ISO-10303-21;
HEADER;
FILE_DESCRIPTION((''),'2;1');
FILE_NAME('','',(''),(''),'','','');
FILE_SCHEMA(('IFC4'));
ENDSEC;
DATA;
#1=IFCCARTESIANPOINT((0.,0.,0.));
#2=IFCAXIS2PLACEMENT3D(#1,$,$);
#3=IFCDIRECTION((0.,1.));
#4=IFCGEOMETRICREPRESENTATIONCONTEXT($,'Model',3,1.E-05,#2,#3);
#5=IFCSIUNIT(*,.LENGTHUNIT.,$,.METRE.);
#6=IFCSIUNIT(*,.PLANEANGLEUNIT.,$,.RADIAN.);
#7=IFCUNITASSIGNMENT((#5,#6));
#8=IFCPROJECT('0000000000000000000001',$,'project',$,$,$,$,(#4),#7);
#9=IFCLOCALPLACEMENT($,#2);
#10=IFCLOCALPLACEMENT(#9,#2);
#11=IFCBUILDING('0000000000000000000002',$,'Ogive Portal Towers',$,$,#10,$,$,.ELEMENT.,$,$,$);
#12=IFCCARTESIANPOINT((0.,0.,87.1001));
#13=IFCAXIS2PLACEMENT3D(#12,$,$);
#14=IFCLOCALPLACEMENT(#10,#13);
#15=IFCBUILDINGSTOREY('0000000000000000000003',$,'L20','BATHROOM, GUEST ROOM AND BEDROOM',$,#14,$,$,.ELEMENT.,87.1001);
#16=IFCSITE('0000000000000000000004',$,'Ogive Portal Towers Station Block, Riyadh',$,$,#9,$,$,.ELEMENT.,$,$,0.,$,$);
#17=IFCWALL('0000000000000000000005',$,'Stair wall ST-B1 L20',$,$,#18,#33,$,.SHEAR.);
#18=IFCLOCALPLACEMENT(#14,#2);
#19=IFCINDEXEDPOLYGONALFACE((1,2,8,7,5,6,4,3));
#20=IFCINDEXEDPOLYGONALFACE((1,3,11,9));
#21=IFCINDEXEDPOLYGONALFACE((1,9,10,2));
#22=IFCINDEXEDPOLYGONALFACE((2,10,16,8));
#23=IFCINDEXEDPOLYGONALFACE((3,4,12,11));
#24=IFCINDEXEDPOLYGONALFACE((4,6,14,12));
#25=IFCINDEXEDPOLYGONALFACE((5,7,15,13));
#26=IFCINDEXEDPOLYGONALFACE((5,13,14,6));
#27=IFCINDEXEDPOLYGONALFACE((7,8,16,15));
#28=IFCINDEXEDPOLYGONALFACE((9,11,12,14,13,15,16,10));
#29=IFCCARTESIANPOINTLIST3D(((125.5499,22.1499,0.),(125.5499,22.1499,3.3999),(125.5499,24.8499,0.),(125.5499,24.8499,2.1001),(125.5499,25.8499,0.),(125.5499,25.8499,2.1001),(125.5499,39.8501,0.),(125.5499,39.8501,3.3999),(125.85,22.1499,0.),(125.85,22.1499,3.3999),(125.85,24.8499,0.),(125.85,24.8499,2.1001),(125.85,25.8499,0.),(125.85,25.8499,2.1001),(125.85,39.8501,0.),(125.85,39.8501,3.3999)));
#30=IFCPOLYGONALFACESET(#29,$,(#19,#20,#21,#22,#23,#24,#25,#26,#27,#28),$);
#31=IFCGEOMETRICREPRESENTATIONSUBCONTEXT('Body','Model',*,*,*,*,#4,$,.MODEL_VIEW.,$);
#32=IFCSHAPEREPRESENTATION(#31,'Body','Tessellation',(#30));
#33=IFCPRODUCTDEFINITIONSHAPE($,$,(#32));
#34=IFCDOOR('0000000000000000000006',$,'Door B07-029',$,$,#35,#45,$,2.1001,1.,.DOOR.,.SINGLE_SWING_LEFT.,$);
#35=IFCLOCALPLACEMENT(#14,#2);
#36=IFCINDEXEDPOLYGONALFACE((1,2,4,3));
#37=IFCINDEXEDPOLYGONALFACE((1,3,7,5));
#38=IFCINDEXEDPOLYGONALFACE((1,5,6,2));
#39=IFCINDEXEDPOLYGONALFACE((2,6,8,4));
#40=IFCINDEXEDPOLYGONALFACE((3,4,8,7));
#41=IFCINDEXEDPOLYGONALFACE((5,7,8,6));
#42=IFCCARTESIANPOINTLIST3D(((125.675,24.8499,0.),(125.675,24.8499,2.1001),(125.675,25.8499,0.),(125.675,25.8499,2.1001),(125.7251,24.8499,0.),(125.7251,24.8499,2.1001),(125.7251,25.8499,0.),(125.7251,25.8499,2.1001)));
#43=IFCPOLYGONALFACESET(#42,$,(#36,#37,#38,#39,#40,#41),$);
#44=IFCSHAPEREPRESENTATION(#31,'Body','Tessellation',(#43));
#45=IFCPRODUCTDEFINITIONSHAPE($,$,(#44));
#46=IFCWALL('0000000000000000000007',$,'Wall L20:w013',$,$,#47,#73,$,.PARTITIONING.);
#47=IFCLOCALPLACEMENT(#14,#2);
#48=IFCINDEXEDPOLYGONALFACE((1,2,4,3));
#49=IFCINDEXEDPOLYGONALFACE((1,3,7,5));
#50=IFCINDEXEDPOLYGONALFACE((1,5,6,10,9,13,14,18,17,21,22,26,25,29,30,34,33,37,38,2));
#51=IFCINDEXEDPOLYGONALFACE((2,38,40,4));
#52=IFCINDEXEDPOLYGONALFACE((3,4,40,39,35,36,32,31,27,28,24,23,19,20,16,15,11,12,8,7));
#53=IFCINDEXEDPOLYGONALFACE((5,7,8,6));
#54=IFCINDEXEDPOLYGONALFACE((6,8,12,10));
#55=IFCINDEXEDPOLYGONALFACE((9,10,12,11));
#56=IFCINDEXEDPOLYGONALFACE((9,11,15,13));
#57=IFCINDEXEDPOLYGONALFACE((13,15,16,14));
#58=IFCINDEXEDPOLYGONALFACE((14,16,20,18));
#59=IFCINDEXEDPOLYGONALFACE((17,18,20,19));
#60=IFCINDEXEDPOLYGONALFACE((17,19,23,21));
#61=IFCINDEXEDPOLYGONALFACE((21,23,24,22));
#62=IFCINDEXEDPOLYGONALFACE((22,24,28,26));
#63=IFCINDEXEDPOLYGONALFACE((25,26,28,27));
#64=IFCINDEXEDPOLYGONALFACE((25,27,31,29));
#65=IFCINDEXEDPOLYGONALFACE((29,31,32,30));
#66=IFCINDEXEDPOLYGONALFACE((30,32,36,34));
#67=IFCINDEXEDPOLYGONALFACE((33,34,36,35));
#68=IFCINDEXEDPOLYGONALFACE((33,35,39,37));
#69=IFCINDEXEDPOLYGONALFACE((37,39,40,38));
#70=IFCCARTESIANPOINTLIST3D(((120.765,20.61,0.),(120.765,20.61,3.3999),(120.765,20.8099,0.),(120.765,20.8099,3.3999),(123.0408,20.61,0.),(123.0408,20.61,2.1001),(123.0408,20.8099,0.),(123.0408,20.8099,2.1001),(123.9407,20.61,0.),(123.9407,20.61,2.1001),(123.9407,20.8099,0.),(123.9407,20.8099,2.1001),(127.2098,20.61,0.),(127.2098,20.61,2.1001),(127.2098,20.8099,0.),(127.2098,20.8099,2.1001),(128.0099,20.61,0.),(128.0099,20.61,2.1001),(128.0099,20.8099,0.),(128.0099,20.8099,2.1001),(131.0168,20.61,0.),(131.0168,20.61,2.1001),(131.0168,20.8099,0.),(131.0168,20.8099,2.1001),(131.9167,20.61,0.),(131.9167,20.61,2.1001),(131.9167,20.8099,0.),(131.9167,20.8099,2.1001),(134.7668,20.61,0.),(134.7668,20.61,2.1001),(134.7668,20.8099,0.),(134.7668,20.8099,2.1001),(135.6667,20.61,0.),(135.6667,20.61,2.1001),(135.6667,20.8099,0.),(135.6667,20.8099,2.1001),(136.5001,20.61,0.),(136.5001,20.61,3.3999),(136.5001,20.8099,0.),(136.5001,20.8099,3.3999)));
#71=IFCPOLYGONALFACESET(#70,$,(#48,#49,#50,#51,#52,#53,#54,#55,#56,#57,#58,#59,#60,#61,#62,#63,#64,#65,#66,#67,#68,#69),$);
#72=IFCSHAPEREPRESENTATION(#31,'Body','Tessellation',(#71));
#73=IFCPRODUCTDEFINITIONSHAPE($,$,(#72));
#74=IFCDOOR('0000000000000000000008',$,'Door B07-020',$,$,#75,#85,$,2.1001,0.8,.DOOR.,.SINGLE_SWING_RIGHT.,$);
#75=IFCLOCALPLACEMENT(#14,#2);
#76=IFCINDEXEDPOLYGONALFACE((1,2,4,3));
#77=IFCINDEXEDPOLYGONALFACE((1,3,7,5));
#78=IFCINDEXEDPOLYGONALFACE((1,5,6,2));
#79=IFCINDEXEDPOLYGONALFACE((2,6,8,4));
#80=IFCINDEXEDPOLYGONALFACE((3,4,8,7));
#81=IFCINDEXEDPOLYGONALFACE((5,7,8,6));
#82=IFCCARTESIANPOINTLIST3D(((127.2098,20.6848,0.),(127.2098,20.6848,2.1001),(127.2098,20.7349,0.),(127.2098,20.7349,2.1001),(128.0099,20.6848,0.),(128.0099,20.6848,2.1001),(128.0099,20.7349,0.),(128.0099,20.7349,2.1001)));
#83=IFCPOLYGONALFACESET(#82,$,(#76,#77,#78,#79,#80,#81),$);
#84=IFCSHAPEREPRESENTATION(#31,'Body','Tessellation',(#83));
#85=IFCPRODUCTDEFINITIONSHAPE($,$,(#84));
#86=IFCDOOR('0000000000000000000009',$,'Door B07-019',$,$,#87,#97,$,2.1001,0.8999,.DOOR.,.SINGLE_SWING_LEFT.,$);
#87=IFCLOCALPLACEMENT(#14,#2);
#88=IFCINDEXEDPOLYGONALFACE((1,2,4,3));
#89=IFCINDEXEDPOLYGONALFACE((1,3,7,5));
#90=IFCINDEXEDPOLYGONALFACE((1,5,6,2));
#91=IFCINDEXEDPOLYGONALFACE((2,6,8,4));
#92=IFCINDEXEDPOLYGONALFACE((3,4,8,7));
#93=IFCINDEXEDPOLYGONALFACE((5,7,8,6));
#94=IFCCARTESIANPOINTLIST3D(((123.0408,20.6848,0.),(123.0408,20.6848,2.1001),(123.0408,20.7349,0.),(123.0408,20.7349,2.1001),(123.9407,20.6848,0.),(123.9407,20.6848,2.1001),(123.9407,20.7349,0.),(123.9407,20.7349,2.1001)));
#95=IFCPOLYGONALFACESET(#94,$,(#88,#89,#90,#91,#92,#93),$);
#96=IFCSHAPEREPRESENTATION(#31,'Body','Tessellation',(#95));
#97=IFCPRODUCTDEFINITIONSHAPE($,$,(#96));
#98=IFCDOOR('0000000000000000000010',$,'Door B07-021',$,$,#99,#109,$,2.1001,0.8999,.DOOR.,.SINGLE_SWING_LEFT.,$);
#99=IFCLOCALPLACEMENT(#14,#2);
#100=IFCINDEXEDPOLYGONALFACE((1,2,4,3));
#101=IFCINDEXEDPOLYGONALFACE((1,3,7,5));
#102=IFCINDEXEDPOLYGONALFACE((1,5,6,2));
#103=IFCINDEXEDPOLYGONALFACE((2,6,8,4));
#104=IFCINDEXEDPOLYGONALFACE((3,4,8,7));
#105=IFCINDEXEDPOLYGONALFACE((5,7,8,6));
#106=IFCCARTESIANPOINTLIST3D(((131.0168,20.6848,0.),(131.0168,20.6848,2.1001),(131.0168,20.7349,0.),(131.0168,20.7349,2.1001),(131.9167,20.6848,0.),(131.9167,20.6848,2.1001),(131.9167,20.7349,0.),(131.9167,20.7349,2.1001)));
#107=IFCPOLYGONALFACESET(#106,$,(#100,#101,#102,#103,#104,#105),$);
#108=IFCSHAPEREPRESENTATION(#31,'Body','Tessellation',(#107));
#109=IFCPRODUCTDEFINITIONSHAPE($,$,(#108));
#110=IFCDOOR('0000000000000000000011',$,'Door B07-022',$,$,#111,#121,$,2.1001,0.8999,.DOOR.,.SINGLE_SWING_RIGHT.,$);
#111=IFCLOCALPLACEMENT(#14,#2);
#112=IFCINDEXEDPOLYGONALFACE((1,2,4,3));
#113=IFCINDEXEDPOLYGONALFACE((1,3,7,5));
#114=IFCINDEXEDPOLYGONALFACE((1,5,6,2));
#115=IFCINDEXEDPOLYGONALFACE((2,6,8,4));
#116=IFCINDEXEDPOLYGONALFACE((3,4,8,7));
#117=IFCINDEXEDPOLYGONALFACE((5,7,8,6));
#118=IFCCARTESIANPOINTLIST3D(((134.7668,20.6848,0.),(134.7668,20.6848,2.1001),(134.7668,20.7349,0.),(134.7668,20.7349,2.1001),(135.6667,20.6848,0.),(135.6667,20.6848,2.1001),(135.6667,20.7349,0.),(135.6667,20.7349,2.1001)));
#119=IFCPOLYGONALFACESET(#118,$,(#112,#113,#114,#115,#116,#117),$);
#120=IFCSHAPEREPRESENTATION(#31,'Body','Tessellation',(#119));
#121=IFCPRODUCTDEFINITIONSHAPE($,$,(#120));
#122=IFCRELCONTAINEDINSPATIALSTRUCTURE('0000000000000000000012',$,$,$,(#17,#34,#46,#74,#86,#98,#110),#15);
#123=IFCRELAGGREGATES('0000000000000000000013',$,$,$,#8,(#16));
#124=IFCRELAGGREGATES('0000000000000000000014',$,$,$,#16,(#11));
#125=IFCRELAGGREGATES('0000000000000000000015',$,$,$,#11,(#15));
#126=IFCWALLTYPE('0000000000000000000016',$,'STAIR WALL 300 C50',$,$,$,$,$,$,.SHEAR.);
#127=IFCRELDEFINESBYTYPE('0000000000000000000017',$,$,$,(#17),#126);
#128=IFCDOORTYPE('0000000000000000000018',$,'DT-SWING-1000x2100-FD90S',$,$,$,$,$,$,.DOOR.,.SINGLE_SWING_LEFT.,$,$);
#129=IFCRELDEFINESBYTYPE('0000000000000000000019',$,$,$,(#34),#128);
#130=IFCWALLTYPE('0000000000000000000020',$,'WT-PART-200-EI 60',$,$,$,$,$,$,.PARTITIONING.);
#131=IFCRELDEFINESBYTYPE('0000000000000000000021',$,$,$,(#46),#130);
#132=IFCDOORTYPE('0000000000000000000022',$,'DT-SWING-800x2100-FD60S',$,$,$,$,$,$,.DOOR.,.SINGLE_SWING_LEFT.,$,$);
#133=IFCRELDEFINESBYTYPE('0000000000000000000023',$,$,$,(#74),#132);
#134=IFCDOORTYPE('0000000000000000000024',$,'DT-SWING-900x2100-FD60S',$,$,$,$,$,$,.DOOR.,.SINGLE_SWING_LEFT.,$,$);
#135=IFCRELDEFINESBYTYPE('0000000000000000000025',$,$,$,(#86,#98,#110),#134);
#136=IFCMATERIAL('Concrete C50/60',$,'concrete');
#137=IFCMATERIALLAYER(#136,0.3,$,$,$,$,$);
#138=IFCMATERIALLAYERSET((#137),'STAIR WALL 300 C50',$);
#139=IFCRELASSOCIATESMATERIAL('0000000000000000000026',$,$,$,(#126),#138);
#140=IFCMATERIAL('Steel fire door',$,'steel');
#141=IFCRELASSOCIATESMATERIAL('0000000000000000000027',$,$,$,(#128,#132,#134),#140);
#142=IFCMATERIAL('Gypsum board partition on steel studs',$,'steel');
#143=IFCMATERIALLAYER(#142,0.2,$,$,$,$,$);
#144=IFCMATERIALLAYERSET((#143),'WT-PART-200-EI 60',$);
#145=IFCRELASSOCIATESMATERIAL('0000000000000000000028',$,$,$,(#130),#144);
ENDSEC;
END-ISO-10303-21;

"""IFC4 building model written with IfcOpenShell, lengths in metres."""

from ifc_helpers import new_model, si_unit, direction, frame, frame_2d, origin, place, context, subcontext, project, spatial, rectangle, extrude, material, layer, layer_set, type_object, element, fill, save


model = new_model("IFC4")

# Units and contexts
model_context = context("Model", 3, precision=1e-05, world=origin(), true_north=direction((0.0, 1.0)))
body_context = subcontext(model_context, "Body", "Model", "MODEL_VIEW")
ifc_project = project(units=[si_unit("LENGTHUNIT", "METRE"), si_unit("PLANEANGLEUNIT", "RADIAN")], contexts=[model_context])

# Site, building, storey
site_placement = place(None, origin())
site = spatial("IfcSite", under=ifc_project, at=site_placement, Name="Ogive Portal Towers Station Block, Riyadh", CompositionType="ELEMENT", RefElevation=0.0)
building_placement = place(site_placement, origin())
building = spatial("IfcBuilding", under=site, at=building_placement, Name="Ogive Portal Towers", CompositionType="ELEMENT")
storey_placement = place(building_placement, frame((0.0, 0.0, 87.1001)))
storey = spatial("IfcBuildingStorey", under=building, at=storey_placement, Name="L20", Description="BATHROOM, GUEST ROOM AND BEDROOM", CompositionType="ELEMENT", Elevation=87.1001)

# Shared definitions
ifc_material_1 = material(Name="Concrete C50/60", Category="concrete")

# Wall, opening, door
ifc_layer_1 = layer(ifc_material_1, 0.3)
ifc_layer_set_1 = layer_set([ifc_layer_1], Name="STAIR WALL 300 C50")
wall_type_1 = type_object("IfcWallType", Name="STAIR WALL 300 C50", PredefinedType="SHEAR", material=ifc_layer_set_1)
wall_1_placement = place(storey_placement, frame((125.7, 22.1499, 0.0), z_axis=(0.0, 0.0, 1.0), x_axis=(0.0, 1.0, 0.0)))
wall_1 = element("IfcWall", 1, at=wall_1_placement, inside=storey, type_object=wall_type_1, Name="Stair wall ST-B1 L20", PredefinedType="SHEAR", context=body_context, shape_type="SweptSolid", body=[
    extrude(rectangle(XDim=17.7002, YDim=0.3, at=frame_2d((8.8501, 0.0))), origin(), (0.0, 0.0, 1.0), 3.3999),
])
opening_1_placement = place(wall_1_placement, frame((2.7, 0.0, 0.0)))
opening_1 = element("IfcOpeningElement", 2, at=opening_1_placement, cuts=wall_1, PredefinedType="OPENING", context=body_context, shape_type="SweptSolid", body=[
    extrude(rectangle(XDim=1.0, YDim=2.1001, at=frame_2d((0.5, 1.05))), frame((0.0, 0.1602, 0.0), z_axis=(0.0, -1.0, 0.0), x_axis=(1.0, 0.0, 0.0)), (0.0, 0.0, 1.0), 0.3201),
])
ifc_material_2 = material(Name="Steel fire door", Category="steel")
door_type_1 = type_object("IfcDoorType", Name="DT-SWING-1000x2100-FD90S", OperationType="SINGLE_SWING_LEFT", PredefinedType="DOOR", material=ifc_material_2)
door_1_placement = place(opening_1_placement, origin())
door_1 = element("IfcDoor", 3, at=door_1_placement, inside=storey, type_object=door_type_1, Name="Door B07-029", OperationType="SINGLE_SWING_LEFT", OverallHeight=2.1001, OverallWidth=1.0, PredefinedType="DOOR", context=body_context, shape_type="SweptSolid", body=[
    extrude(rectangle(XDim=1.0, YDim=2.1001, at=frame_2d((0.5, 1.05))), frame((0.0, 0.0249, 0.0), z_axis=(0.0, -1.0, 0.0), x_axis=(1.0, 0.0, 0.0)), (0.0, 0.0, 1.0), 0.05),
])
fill(opening_1, door_1)

# Wall, openings, doors
ifc_material_3 = material(Name="Gypsum board partition on steel studs", Category="steel")
ifc_layer_2 = layer(ifc_material_3, 0.2)
ifc_layer_set_2 = layer_set([ifc_layer_2], Name="WT-PART-200-EI 60")
wall_type_2 = type_object("IfcWallType", Name="WT-PART-200-EI 60", PredefinedType="PARTITIONING", material=ifc_layer_set_2)
wall_2_placement = place(storey_placement, frame((120.7649, 20.71, 0.0), z_axis=(0.0, 0.0, 1.0), x_axis=(1.0, 0.0, 0.0)))
wall_2 = element("IfcWall", 4, at=wall_2_placement, inside=storey, type_object=wall_type_2, Name="Wall L20:w013", PredefinedType="PARTITIONING", context=body_context, shape_type="SweptSolid", body=[
    extrude(rectangle(XDim=15.7351, YDim=0.2, at=frame_2d((7.8677, 0.0))), origin(), (0.0, 0.0, 1.0), 3.3999),
])
opening_2_placement = place(wall_2_placement, frame((2.2759, 0.0, 0.0)))
opening_2 = element("IfcOpeningElement", 5, at=opening_2_placement, cuts=wall_2, PredefinedType="OPENING", context=body_context, shape_type="SweptSolid", body=[
    extrude(rectangle(XDim=0.8999, YDim=2.1001, at=frame_2d((0.45, 1.05))), frame((0.0, 0.1099, 0.0), z_axis=(0.0, -1.0, 0.0), x_axis=(1.0, 0.0, 0.0)), (0.0, 0.0, 1.0), 0.22),
])
opening_3_placement = place(wall_2_placement, frame((6.4451, 0.0, 0.0)))
opening_3 = element("IfcOpeningElement", 6, at=opening_3_placement, cuts=wall_2, PredefinedType="OPENING", context=body_context, shape_type="SweptSolid", body=[
    extrude(rectangle(XDim=0.8, YDim=2.1001, at=frame_2d((0.3999, 1.05))), frame((0.0, 0.1099, 0.0), z_axis=(0.0, -1.0, 0.0), x_axis=(1.0, 0.0, 0.0)), (0.0, 0.0, 1.0), 0.22),
])
opening_4_placement = place(wall_2_placement, frame((10.252, 0.0, 0.0)))
opening_4 = element("IfcOpeningElement", 7, at=opening_4_placement, cuts=wall_2, PredefinedType="OPENING", context=body_context, shape_type="SweptSolid", body=[
    extrude(rectangle(XDim=0.8999, YDim=2.1001, at=frame_2d((0.45, 1.05))), frame((0.0, 0.1099, 0.0), z_axis=(0.0, -1.0, 0.0), x_axis=(1.0, 0.0, 0.0)), (0.0, 0.0, 1.0), 0.22),
])
opening_5_placement = place(wall_2_placement, frame((14.002, 0.0, 0.0)))
opening_5 = element("IfcOpeningElement", 8, at=opening_5_placement, cuts=wall_2, PredefinedType="OPENING", context=body_context, shape_type="SweptSolid", body=[
    extrude(rectangle(XDim=0.8999, YDim=2.1001, at=frame_2d((0.45, 1.05))), frame((0.0, 0.1099, 0.0), z_axis=(0.0, -1.0, 0.0), x_axis=(1.0, 0.0, 0.0)), (0.0, 0.0, 1.0), 0.22),
])
door_type_2 = type_object("IfcDoorType", Name="DT-SWING-800x2100-FD60S", OperationType="SINGLE_SWING_LEFT", PredefinedType="DOOR", material=ifc_material_2)
door_2_placement = place(opening_3_placement, origin())
door_2 = element("IfcDoor", 9, at=door_2_placement, inside=storey, type_object=door_type_2, Name="Door B07-020", OperationType="SINGLE_SWING_RIGHT", OverallHeight=2.1001, OverallWidth=0.8, PredefinedType="DOOR", context=body_context, shape_type="SweptSolid", body=[
    extrude(rectangle(XDim=0.8, YDim=2.1001, at=frame_2d((0.3999, 1.05))), frame((0.0, 0.0249, 0.0), z_axis=(0.0, -1.0, 0.0), x_axis=(1.0, 0.0, 0.0)), (0.0, 0.0, 1.0), 0.05),
])
fill(opening_3, door_2)
door_type_3 = type_object("IfcDoorType", Name="DT-SWING-900x2100-FD60S", OperationType="SINGLE_SWING_LEFT", PredefinedType="DOOR", material=ifc_material_2)
door_3_placement = place(opening_2_placement, origin())
door_3 = element("IfcDoor", 10, at=door_3_placement, inside=storey, type_object=door_type_3, Name="Door B07-019", OperationType="SINGLE_SWING_LEFT", OverallHeight=2.1001, OverallWidth=0.8999, PredefinedType="DOOR", context=body_context, shape_type="SweptSolid", body=[
    extrude(rectangle(XDim=0.8999, YDim=2.1001, at=frame_2d((0.45, 1.05))), frame((0.0, 0.0249, 0.0), z_axis=(0.0, -1.0, 0.0), x_axis=(1.0, 0.0, 0.0)), (0.0, 0.0, 1.0), 0.05),
])
fill(opening_2, door_3)
door_4_placement = place(opening_4_placement, origin())
door_4 = element("IfcDoor", 11, at=door_4_placement, inside=storey, type_object=door_type_3, Name="Door B07-021", OperationType="SINGLE_SWING_LEFT", OverallHeight=2.1001, OverallWidth=0.8999, PredefinedType="DOOR", context=body_context, shape_type="SweptSolid", body=[
    extrude(rectangle(XDim=0.8999, YDim=2.1001, at=frame_2d((0.45, 1.05))), frame((0.0, 0.0249, 0.0), z_axis=(0.0, -1.0, 0.0), x_axis=(1.0, 0.0, 0.0)), (0.0, 0.0, 1.0), 0.05),
])
fill(opening_4, door_4)
door_5_placement = place(opening_5_placement, origin())
door_5 = element("IfcDoor", 12, at=door_5_placement, inside=storey, type_object=door_type_3, Name="Door B07-022", OperationType="SINGLE_SWING_RIGHT", OverallHeight=2.1001, OverallWidth=0.8999, PredefinedType="DOOR", context=body_context, shape_type="SweptSolid", body=[
    extrude(rectangle(XDim=0.8999, YDim=2.1001, at=frame_2d((0.45, 1.05))), frame((0.0, 0.0249, 0.0), z_axis=(0.0, -1.0, 0.0), x_axis=(1.0, 0.0, 0.0)), (0.0, 0.0, 1.0), 0.05),
])
fill(opening_5, door_5)

save(model, "model.ifc")
